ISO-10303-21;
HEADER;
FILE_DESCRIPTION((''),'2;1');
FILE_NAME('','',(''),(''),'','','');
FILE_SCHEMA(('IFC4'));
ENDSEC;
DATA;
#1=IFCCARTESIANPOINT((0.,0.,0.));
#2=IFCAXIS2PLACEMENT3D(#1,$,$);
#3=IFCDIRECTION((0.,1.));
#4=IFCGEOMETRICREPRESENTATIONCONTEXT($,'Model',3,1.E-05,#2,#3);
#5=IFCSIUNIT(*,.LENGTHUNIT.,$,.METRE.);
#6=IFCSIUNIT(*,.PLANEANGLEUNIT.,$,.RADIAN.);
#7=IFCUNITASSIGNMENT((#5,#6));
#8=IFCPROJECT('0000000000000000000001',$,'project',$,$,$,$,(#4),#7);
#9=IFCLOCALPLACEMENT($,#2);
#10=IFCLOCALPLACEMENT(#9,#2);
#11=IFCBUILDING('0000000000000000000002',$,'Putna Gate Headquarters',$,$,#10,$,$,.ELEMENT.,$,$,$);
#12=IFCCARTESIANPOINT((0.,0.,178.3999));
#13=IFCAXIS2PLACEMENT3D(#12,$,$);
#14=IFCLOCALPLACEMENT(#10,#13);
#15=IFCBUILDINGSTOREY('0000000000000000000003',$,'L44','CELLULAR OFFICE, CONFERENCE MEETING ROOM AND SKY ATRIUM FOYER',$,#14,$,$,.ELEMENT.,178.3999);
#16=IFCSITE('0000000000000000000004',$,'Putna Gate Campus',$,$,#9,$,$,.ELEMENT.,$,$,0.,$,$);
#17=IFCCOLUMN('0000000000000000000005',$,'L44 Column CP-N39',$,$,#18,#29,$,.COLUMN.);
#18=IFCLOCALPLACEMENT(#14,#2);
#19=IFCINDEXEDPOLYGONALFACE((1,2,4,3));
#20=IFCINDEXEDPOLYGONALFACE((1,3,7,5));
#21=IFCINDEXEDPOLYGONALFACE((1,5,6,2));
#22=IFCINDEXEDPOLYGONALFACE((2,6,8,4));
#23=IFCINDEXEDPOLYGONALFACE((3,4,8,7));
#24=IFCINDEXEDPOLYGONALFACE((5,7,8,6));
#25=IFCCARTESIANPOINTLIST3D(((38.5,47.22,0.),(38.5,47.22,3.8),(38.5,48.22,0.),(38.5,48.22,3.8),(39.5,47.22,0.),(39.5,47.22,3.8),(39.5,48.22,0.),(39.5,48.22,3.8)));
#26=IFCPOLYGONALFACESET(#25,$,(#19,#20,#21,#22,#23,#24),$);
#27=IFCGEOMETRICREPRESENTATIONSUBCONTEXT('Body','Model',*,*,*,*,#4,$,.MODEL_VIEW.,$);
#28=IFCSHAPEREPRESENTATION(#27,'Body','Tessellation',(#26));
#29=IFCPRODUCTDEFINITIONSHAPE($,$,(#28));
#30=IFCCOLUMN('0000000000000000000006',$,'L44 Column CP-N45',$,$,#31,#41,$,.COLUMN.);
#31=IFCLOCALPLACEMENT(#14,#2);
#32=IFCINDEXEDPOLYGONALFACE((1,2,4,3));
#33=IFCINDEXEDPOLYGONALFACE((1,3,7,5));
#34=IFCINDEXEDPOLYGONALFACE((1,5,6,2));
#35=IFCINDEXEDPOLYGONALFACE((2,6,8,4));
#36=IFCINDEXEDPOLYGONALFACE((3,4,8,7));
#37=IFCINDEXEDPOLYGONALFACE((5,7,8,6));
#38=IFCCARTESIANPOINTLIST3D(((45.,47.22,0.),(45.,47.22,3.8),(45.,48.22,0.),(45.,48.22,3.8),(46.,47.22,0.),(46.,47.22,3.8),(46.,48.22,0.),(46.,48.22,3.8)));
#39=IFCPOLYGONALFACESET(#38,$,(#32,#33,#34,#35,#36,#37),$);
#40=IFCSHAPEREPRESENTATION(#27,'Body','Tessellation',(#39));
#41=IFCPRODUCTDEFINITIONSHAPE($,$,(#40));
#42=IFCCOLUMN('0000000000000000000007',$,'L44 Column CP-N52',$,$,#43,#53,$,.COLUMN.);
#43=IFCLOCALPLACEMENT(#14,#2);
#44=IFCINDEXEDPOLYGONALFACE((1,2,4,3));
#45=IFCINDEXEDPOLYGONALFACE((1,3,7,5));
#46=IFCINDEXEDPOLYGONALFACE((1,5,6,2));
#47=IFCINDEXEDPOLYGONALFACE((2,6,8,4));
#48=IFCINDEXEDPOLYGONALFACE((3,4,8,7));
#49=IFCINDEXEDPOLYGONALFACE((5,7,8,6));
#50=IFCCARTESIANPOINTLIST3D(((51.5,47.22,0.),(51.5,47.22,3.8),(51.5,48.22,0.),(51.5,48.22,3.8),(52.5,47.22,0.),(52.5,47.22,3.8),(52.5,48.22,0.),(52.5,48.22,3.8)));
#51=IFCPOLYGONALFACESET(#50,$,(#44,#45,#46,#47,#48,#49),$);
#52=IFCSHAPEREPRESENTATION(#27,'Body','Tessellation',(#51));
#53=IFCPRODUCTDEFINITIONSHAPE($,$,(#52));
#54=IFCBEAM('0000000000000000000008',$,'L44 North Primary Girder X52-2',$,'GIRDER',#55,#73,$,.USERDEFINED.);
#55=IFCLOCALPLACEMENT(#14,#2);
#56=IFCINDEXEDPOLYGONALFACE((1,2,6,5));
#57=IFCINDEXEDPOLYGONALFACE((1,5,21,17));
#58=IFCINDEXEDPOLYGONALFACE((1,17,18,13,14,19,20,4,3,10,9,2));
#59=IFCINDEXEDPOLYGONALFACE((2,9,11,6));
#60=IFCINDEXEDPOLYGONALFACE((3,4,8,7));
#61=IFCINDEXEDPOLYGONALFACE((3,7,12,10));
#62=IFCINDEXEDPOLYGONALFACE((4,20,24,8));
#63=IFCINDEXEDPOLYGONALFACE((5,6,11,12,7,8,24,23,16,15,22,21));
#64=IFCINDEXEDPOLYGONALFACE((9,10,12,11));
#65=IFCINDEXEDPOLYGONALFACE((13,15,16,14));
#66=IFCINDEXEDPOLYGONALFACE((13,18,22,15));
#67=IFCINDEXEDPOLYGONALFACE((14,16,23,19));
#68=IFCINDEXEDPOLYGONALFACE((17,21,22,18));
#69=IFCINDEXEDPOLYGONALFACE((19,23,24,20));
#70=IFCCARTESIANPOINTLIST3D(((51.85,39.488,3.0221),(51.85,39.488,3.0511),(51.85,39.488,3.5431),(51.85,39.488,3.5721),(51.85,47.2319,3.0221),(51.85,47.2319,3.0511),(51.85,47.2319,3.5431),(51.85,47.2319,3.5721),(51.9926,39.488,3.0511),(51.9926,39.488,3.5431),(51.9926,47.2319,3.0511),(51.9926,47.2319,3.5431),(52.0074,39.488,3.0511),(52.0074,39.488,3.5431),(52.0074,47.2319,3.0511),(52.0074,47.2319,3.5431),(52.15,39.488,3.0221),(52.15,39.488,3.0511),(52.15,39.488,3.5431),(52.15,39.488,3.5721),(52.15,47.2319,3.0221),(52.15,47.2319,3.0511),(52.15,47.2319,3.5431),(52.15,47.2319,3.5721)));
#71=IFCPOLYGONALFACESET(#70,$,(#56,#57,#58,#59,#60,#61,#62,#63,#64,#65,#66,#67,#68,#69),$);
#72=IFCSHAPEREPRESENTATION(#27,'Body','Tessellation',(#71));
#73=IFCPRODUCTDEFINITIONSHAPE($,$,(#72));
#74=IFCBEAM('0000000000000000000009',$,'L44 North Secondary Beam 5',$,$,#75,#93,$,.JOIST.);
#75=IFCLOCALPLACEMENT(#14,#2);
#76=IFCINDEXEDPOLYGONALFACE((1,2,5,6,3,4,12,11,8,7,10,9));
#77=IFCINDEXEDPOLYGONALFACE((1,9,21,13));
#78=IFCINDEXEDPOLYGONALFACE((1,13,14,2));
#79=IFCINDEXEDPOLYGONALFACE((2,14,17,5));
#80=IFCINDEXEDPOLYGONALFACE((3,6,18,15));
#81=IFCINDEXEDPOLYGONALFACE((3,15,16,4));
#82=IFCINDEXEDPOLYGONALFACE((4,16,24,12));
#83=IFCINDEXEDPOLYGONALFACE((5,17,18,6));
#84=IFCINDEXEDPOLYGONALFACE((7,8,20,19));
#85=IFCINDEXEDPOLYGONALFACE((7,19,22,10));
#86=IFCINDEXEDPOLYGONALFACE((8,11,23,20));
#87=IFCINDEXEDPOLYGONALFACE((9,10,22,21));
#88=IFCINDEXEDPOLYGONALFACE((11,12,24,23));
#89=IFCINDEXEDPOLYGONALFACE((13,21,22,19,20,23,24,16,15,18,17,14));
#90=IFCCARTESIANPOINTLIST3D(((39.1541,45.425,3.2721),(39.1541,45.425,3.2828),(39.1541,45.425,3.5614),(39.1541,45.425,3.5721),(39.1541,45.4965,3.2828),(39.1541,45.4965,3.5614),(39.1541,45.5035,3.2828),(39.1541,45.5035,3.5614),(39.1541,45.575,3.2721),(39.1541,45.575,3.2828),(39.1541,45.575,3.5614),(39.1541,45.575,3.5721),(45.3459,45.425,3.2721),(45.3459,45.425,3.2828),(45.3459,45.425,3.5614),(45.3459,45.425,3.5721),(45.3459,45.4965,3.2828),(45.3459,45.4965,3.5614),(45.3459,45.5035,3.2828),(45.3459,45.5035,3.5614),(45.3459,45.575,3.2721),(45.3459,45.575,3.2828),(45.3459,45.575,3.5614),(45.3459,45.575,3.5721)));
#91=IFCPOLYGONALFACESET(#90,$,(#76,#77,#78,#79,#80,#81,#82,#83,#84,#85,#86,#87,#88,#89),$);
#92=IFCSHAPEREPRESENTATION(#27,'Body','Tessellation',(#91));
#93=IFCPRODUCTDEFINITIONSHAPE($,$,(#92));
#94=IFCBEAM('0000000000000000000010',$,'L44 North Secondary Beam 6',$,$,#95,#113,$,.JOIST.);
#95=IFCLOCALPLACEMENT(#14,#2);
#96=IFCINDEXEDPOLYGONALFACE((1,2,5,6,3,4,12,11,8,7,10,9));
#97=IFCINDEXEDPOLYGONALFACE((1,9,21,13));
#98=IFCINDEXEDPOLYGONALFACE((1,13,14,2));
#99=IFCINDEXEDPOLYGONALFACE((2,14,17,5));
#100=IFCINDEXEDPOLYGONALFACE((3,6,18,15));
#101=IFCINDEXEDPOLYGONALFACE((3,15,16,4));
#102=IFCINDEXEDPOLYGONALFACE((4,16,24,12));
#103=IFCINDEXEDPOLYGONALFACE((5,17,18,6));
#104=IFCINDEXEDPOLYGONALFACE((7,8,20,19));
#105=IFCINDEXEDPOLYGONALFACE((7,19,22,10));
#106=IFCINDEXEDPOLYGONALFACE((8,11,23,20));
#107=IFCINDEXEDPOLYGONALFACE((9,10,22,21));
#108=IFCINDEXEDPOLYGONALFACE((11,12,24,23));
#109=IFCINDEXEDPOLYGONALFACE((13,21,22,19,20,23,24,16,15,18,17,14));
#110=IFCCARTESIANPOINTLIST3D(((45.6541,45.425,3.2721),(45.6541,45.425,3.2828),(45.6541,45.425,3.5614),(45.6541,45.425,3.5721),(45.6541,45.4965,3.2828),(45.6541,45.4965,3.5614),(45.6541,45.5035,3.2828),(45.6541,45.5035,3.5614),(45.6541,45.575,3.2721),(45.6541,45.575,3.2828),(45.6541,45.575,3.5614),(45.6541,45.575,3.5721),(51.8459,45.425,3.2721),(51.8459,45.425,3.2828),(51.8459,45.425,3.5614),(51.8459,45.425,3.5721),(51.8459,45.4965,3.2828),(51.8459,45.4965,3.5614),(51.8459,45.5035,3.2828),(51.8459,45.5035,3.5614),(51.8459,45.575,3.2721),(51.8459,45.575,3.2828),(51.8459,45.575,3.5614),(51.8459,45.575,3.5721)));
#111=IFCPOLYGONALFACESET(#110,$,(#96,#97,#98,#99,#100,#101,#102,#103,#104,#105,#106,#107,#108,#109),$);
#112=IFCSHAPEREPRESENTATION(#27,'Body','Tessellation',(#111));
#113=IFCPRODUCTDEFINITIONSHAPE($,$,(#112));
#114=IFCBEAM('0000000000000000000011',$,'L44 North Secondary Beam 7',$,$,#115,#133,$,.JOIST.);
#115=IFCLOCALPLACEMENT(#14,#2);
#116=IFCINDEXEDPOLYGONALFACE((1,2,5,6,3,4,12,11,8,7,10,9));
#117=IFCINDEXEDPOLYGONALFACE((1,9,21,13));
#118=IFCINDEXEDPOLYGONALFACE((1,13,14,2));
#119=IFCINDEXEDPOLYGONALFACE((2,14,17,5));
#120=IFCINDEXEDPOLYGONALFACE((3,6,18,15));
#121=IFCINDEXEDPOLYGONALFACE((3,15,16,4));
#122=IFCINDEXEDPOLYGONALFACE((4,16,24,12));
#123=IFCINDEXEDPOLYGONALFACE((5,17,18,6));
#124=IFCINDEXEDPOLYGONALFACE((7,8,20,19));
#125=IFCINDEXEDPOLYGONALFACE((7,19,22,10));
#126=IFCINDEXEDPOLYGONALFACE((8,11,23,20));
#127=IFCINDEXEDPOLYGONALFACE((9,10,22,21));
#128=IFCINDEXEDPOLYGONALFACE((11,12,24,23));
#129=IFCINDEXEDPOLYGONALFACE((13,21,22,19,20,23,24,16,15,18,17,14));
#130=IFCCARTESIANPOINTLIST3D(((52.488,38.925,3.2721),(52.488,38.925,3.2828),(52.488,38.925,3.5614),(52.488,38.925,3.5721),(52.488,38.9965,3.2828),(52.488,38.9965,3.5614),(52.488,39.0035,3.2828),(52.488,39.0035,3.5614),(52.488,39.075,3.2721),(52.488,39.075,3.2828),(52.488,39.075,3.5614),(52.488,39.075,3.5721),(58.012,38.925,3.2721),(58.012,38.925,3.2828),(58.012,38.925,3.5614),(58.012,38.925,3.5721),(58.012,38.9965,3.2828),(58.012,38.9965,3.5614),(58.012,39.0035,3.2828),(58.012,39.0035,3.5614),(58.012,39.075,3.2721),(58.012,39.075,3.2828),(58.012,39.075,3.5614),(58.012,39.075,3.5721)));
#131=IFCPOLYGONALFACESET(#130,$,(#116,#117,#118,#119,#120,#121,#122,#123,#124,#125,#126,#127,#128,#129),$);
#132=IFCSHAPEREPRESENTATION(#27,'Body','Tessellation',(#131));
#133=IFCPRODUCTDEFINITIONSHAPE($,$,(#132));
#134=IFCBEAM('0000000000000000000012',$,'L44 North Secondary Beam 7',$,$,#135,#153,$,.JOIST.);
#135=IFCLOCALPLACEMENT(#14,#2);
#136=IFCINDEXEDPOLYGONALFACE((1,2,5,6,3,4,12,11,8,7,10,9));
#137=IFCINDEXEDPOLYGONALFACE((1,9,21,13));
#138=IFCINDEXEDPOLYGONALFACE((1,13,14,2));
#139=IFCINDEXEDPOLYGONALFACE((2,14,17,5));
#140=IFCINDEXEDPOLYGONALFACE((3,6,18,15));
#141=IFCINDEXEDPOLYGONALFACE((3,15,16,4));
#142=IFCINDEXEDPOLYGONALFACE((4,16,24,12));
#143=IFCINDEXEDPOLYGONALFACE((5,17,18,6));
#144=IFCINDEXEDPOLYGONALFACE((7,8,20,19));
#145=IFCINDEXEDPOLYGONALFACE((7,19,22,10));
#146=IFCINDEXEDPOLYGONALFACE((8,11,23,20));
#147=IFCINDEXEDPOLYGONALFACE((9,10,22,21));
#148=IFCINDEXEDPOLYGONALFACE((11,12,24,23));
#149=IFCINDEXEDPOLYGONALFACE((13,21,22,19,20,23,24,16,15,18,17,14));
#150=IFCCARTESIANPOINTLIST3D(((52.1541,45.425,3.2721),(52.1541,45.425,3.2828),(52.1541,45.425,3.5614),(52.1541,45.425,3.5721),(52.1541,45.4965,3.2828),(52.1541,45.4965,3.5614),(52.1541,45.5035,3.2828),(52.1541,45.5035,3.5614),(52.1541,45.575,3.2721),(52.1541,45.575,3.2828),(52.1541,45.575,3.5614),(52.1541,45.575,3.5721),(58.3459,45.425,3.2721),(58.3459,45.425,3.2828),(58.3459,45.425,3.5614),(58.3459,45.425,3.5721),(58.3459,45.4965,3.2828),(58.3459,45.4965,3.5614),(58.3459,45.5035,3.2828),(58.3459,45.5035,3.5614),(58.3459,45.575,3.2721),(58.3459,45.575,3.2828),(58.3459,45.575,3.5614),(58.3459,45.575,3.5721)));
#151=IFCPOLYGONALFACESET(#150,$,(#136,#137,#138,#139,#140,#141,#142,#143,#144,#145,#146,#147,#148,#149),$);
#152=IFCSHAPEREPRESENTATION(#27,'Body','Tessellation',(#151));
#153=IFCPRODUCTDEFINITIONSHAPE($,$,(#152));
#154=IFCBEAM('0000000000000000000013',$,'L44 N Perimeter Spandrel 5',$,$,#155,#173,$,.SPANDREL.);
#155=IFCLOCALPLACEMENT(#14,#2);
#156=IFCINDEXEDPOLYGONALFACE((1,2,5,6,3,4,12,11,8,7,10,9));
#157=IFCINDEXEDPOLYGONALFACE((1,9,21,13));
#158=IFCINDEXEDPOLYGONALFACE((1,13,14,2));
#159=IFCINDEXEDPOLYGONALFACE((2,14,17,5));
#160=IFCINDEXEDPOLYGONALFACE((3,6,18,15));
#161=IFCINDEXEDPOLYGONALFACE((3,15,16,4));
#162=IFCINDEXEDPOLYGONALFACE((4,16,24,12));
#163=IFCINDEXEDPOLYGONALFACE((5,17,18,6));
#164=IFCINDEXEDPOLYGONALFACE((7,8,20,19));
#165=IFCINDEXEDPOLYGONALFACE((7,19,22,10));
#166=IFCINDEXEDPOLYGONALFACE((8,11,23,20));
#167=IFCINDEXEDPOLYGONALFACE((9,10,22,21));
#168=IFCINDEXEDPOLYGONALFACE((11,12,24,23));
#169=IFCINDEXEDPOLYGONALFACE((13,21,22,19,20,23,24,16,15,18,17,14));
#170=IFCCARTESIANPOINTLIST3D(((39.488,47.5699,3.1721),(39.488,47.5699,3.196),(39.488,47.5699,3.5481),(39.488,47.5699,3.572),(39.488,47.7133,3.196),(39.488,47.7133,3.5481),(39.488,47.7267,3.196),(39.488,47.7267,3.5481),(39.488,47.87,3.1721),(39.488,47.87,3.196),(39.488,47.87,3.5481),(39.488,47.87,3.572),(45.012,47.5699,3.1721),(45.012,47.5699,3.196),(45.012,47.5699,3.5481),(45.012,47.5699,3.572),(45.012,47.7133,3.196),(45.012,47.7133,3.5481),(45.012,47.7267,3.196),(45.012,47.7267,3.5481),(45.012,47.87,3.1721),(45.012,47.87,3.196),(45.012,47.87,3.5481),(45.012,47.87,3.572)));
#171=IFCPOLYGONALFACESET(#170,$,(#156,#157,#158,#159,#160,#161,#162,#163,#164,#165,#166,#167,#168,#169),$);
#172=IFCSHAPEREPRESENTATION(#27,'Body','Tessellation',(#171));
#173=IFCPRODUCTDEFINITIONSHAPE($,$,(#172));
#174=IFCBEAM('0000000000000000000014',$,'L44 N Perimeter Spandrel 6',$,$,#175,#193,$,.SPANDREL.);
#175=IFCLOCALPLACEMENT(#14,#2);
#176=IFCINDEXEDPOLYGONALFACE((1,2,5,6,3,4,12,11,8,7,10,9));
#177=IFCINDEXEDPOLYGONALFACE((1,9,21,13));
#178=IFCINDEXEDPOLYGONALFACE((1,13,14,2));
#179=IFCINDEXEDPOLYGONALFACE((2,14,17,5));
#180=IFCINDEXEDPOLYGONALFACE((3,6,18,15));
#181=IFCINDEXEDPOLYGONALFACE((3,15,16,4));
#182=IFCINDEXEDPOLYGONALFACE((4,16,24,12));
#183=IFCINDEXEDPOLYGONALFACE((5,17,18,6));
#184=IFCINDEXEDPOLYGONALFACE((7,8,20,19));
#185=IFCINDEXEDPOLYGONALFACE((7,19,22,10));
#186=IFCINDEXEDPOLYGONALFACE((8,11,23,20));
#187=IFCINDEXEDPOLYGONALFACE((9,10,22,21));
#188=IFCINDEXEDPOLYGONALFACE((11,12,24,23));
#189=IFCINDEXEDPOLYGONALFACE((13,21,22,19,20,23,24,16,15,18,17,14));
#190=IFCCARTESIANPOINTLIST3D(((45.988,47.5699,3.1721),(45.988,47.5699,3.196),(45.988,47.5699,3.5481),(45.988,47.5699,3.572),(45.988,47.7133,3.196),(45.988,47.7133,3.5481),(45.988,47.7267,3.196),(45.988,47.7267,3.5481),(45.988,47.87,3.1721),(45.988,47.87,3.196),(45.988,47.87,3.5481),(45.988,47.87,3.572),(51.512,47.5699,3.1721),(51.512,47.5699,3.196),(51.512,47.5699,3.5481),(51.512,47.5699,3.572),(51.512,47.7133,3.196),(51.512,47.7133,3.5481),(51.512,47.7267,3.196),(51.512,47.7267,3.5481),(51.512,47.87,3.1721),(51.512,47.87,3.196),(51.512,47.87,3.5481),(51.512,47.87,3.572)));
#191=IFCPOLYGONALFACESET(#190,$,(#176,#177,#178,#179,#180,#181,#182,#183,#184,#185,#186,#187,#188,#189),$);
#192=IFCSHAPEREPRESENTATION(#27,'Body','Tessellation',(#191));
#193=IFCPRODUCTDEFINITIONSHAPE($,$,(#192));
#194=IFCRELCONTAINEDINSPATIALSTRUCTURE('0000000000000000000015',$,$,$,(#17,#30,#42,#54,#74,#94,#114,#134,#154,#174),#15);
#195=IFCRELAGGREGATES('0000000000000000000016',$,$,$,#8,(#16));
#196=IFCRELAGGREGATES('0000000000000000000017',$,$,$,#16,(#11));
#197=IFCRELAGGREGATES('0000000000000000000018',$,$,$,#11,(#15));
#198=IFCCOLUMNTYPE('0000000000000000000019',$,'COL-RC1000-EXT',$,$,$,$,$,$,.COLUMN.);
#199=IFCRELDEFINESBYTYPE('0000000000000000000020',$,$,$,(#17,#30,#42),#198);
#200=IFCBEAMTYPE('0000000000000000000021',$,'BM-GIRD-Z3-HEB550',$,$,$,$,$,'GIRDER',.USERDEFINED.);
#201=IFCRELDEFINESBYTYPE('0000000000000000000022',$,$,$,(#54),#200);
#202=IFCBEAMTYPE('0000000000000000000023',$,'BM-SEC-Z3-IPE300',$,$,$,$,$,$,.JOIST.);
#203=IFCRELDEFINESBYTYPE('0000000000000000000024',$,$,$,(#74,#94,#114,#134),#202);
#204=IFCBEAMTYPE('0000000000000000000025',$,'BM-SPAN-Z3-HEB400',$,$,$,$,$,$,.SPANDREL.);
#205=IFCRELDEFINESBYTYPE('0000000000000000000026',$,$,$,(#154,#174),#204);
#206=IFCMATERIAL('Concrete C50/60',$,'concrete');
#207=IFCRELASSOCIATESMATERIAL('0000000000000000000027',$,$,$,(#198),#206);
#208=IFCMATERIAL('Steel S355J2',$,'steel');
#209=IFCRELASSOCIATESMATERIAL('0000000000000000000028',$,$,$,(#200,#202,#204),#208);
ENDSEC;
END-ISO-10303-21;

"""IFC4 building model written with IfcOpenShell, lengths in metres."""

from ifc_helpers import new_model, si_unit, direction, frame, origin, origin_2d, place, context, subcontext, project, spatial, rectangle, i_section, extrude, material, material_profile, profile_set, type_object, element, save


model = new_model("IFC4")

# Units and contexts
model_context = context("Model", 3, precision=1e-05, world=origin(), true_north=direction((0.0, 1.0)))
body_context = subcontext(model_context, "Body", "Model", "MODEL_VIEW")
ifc_project = project(units=[si_unit("LENGTHUNIT", "METRE"), si_unit("PLANEANGLEUNIT", "RADIAN")], contexts=[model_context])

# Site, building, storey
site_placement = place(None, origin())
site = spatial("IfcSite", under=ifc_project, at=site_placement, Name="Putna Gate Campus", CompositionType="ELEMENT", RefElevation=0.0)
building_placement = place(site_placement, origin())
building = spatial("IfcBuilding", under=site, at=building_placement, Name="Putna Gate Headquarters", CompositionType="ELEMENT")
storey_placement = place(building_placement, frame((0.0, 0.0, 178.3999)))
storey = spatial("IfcBuildingStorey", under=building, at=storey_placement, Name="L44", Description="CELLULAR OFFICE, CONFERENCE MEETING ROOM AND SKY ATRIUM FOYER", CompositionType="ELEMENT", Elevation=178.3999)

# Columns
ifc_material_1 = material(Name="Concrete C50/60", Category="concrete")
ifc_material_profile_1 = material_profile(ifc_material_1, rectangle(XDim=1.0, YDim=1.0, at=origin_2d()), Name="Concrete C50/60")
ifc_profile_set_1 = profile_set([ifc_material_profile_1], Name="Concrete C50/60")
column_type = type_object("IfcColumnType", Name="COL-RC1000-EXT", PredefinedType="COLUMN", material=ifc_profile_set_1)
for number, where, z_axis, x_axis, name in (
    (1, (39.0, 47.72, 0.0), (0.0, 0.0, 1.0), (1.0, 0.0, 0.0), "L44 Column CP-N39"),
    (2, (45.5, 47.72, 0.0), (0.0, 0.0, 1.0), (1.0, 0.0, 0.0), "L44 Column CP-N45"),
    (3, (52.0, 47.72, 0.0), (0.0, 0.0, 1.0), (1.0, 0.0, 0.0), "L44 Column CP-N52"),
):
    element("IfcColumn", number, at=place(storey_placement, frame(where, z_axis=z_axis, x_axis=x_axis)), inside=storey, type_object=column_type, Name=name, PredefinedType="COLUMN", context=body_context, shape_type="SweptSolid", body=[
        extrude(rectangle(XDim=1.0, YDim=1.0, at=origin_2d()), origin(), (0.0, 0.0, 1.0), 3.8),
    ])

# Beams
ifc_material_2 = material(Name="Steel S355J2", Category="steel")
ifc_material_profile_2 = material_profile(ifc_material_2, i_section(OverallWidth=0.3, OverallDepth=0.55, WebThickness=0.0149, FlangeThickness=0.0291, at=origin_2d()), Name="Steel S355J2")
ifc_profile_set_2 = profile_set([ifc_material_profile_2], Name="Steel S355J2")
beam_type_1 = type_object("IfcBeamType", Name="BM-GIRD-Z3-HEB550", ElementType="GIRDER", PredefinedType="USERDEFINED", material=ifc_profile_set_2)
beam_1_placement = place(storey_placement, frame((52.0, 39.488, 3.2971), z_axis=(0.0, 1.0, 0.0), x_axis=(-1.0, 0.0, 0.0)))
element("IfcBeam", 4, at=beam_1_placement, inside=storey, type_object=beam_type_1, Name="L44 North Primary Girder X52-2", ObjectType="GIRDER", PredefinedType="USERDEFINED", context=body_context, shape_type="SweptSolid", body=[
    extrude(i_section(OverallWidth=0.3, OverallDepth=0.55, WebThickness=0.0149, FlangeThickness=0.0291, at=origin_2d()), origin(), (0.0, 0.0, 1.0), 7.7439),
])
ifc_material_profile_3 = material_profile(ifc_material_2, i_section(OverallWidth=0.1499, OverallDepth=0.3, WebThickness=0.0071, FlangeThickness=0.0107, at=origin_2d()), Name="Steel S355J2")
ifc_profile_set_3 = profile_set([ifc_material_profile_3], Name="Steel S355J2")
beam_type_2 = type_object("IfcBeamType", Name="BM-SEC-Z3-IPE300", PredefinedType="JOIST", material=ifc_profile_set_3)
for number, where, z_axis, x_axis, name in (
    (5, (39.1541, 45.5, 3.4221), (1.0, 0.0, 0.0), (0.0, 1.0, 0.0), "L44 North Secondary Beam 5"),
    (6, (45.6541, 45.5, 3.4221), (1.0, 0.0, 0.0), (0.0, 1.0, 0.0), "L44 North Secondary Beam 6"),
):
    element("IfcBeam", number, at=place(storey_placement, frame(where, z_axis=z_axis, x_axis=x_axis)), inside=storey, type_object=beam_type_2, Name=name, PredefinedType="JOIST", context=body_context, shape_type="SweptSolid", body=[
        extrude(i_section(OverallWidth=0.1499, OverallDepth=0.3, WebThickness=0.0071, FlangeThickness=0.0107, at=origin_2d()), origin(), (0.0, 0.0, 1.0), 6.1919),
    ])
beam_2_placement = place(storey_placement, frame((52.488, 39.0, 3.4221), z_axis=(1.0, 0.0, 0.0), x_axis=(0.0, 1.0, 0.0)))
element("IfcBeam", 7, at=beam_2_placement, inside=storey, type_object=beam_type_2, Name="L44 North Secondary Beam 7", PredefinedType="JOIST", context=body_context, shape_type="SweptSolid", body=[
    extrude(i_section(OverallWidth=0.1499, OverallDepth=0.3, WebThickness=0.0071, FlangeThickness=0.0107, at=origin_2d()), origin(), (0.0, 0.0, 1.0), 5.5239),
])
beam_3_placement = place(storey_placement, frame((52.1541, 45.5, 3.4221), z_axis=(1.0, 0.0, 0.0), x_axis=(0.0, 1.0, 0.0)))
element("IfcBeam", 8, at=beam_3_placement, inside=storey, type_object=beam_type_2, Name="L44 North Secondary Beam 7", PredefinedType="JOIST", context=body_context, shape_type="SweptSolid", body=[
    extrude(i_section(OverallWidth=0.1499, OverallDepth=0.3, WebThickness=0.0071, FlangeThickness=0.0107, at=origin_2d()), origin(), (0.0, 0.0, 1.0), 6.1919),
])
ifc_material_profile_4 = material_profile(ifc_material_2, i_section(OverallWidth=0.3, OverallDepth=0.3999, WebThickness=0.0134, FlangeThickness=0.0239, at=origin_2d()), Name="Steel S355J2")
ifc_profile_set_4 = profile_set([ifc_material_profile_4], Name="Steel S355J2")
beam_type_3 = type_object("IfcBeamType", Name="BM-SPAN-Z3-HEB400", PredefinedType="SPANDREL", material=ifc_profile_set_4)
for number, where, z_axis, x_axis, name in (
    (9, (39.488, 47.72, 3.3721), (1.0, 0.0, 0.0), (0.0, 1.0, 0.0), "L44 N Perimeter Spandrel 5"),
    (10, (45.988, 47.72, 3.3721), (1.0, 0.0, 0.0), (0.0, 1.0, 0.0), "L44 N Perimeter Spandrel 6"),
):
    element("IfcBeam", number, at=place(storey_placement, frame(where, z_axis=z_axis, x_axis=x_axis)), inside=storey, type_object=beam_type_3, Name=name, PredefinedType="SPANDREL", context=body_context, shape_type="SweptSolid", body=[
        extrude(i_section(OverallWidth=0.3, OverallDepth=0.3999, WebThickness=0.0134, FlangeThickness=0.0239, at=origin_2d()), origin(), (0.0, 0.0, 1.0), 5.5239),
    ])

save(model, "model.ifc")
